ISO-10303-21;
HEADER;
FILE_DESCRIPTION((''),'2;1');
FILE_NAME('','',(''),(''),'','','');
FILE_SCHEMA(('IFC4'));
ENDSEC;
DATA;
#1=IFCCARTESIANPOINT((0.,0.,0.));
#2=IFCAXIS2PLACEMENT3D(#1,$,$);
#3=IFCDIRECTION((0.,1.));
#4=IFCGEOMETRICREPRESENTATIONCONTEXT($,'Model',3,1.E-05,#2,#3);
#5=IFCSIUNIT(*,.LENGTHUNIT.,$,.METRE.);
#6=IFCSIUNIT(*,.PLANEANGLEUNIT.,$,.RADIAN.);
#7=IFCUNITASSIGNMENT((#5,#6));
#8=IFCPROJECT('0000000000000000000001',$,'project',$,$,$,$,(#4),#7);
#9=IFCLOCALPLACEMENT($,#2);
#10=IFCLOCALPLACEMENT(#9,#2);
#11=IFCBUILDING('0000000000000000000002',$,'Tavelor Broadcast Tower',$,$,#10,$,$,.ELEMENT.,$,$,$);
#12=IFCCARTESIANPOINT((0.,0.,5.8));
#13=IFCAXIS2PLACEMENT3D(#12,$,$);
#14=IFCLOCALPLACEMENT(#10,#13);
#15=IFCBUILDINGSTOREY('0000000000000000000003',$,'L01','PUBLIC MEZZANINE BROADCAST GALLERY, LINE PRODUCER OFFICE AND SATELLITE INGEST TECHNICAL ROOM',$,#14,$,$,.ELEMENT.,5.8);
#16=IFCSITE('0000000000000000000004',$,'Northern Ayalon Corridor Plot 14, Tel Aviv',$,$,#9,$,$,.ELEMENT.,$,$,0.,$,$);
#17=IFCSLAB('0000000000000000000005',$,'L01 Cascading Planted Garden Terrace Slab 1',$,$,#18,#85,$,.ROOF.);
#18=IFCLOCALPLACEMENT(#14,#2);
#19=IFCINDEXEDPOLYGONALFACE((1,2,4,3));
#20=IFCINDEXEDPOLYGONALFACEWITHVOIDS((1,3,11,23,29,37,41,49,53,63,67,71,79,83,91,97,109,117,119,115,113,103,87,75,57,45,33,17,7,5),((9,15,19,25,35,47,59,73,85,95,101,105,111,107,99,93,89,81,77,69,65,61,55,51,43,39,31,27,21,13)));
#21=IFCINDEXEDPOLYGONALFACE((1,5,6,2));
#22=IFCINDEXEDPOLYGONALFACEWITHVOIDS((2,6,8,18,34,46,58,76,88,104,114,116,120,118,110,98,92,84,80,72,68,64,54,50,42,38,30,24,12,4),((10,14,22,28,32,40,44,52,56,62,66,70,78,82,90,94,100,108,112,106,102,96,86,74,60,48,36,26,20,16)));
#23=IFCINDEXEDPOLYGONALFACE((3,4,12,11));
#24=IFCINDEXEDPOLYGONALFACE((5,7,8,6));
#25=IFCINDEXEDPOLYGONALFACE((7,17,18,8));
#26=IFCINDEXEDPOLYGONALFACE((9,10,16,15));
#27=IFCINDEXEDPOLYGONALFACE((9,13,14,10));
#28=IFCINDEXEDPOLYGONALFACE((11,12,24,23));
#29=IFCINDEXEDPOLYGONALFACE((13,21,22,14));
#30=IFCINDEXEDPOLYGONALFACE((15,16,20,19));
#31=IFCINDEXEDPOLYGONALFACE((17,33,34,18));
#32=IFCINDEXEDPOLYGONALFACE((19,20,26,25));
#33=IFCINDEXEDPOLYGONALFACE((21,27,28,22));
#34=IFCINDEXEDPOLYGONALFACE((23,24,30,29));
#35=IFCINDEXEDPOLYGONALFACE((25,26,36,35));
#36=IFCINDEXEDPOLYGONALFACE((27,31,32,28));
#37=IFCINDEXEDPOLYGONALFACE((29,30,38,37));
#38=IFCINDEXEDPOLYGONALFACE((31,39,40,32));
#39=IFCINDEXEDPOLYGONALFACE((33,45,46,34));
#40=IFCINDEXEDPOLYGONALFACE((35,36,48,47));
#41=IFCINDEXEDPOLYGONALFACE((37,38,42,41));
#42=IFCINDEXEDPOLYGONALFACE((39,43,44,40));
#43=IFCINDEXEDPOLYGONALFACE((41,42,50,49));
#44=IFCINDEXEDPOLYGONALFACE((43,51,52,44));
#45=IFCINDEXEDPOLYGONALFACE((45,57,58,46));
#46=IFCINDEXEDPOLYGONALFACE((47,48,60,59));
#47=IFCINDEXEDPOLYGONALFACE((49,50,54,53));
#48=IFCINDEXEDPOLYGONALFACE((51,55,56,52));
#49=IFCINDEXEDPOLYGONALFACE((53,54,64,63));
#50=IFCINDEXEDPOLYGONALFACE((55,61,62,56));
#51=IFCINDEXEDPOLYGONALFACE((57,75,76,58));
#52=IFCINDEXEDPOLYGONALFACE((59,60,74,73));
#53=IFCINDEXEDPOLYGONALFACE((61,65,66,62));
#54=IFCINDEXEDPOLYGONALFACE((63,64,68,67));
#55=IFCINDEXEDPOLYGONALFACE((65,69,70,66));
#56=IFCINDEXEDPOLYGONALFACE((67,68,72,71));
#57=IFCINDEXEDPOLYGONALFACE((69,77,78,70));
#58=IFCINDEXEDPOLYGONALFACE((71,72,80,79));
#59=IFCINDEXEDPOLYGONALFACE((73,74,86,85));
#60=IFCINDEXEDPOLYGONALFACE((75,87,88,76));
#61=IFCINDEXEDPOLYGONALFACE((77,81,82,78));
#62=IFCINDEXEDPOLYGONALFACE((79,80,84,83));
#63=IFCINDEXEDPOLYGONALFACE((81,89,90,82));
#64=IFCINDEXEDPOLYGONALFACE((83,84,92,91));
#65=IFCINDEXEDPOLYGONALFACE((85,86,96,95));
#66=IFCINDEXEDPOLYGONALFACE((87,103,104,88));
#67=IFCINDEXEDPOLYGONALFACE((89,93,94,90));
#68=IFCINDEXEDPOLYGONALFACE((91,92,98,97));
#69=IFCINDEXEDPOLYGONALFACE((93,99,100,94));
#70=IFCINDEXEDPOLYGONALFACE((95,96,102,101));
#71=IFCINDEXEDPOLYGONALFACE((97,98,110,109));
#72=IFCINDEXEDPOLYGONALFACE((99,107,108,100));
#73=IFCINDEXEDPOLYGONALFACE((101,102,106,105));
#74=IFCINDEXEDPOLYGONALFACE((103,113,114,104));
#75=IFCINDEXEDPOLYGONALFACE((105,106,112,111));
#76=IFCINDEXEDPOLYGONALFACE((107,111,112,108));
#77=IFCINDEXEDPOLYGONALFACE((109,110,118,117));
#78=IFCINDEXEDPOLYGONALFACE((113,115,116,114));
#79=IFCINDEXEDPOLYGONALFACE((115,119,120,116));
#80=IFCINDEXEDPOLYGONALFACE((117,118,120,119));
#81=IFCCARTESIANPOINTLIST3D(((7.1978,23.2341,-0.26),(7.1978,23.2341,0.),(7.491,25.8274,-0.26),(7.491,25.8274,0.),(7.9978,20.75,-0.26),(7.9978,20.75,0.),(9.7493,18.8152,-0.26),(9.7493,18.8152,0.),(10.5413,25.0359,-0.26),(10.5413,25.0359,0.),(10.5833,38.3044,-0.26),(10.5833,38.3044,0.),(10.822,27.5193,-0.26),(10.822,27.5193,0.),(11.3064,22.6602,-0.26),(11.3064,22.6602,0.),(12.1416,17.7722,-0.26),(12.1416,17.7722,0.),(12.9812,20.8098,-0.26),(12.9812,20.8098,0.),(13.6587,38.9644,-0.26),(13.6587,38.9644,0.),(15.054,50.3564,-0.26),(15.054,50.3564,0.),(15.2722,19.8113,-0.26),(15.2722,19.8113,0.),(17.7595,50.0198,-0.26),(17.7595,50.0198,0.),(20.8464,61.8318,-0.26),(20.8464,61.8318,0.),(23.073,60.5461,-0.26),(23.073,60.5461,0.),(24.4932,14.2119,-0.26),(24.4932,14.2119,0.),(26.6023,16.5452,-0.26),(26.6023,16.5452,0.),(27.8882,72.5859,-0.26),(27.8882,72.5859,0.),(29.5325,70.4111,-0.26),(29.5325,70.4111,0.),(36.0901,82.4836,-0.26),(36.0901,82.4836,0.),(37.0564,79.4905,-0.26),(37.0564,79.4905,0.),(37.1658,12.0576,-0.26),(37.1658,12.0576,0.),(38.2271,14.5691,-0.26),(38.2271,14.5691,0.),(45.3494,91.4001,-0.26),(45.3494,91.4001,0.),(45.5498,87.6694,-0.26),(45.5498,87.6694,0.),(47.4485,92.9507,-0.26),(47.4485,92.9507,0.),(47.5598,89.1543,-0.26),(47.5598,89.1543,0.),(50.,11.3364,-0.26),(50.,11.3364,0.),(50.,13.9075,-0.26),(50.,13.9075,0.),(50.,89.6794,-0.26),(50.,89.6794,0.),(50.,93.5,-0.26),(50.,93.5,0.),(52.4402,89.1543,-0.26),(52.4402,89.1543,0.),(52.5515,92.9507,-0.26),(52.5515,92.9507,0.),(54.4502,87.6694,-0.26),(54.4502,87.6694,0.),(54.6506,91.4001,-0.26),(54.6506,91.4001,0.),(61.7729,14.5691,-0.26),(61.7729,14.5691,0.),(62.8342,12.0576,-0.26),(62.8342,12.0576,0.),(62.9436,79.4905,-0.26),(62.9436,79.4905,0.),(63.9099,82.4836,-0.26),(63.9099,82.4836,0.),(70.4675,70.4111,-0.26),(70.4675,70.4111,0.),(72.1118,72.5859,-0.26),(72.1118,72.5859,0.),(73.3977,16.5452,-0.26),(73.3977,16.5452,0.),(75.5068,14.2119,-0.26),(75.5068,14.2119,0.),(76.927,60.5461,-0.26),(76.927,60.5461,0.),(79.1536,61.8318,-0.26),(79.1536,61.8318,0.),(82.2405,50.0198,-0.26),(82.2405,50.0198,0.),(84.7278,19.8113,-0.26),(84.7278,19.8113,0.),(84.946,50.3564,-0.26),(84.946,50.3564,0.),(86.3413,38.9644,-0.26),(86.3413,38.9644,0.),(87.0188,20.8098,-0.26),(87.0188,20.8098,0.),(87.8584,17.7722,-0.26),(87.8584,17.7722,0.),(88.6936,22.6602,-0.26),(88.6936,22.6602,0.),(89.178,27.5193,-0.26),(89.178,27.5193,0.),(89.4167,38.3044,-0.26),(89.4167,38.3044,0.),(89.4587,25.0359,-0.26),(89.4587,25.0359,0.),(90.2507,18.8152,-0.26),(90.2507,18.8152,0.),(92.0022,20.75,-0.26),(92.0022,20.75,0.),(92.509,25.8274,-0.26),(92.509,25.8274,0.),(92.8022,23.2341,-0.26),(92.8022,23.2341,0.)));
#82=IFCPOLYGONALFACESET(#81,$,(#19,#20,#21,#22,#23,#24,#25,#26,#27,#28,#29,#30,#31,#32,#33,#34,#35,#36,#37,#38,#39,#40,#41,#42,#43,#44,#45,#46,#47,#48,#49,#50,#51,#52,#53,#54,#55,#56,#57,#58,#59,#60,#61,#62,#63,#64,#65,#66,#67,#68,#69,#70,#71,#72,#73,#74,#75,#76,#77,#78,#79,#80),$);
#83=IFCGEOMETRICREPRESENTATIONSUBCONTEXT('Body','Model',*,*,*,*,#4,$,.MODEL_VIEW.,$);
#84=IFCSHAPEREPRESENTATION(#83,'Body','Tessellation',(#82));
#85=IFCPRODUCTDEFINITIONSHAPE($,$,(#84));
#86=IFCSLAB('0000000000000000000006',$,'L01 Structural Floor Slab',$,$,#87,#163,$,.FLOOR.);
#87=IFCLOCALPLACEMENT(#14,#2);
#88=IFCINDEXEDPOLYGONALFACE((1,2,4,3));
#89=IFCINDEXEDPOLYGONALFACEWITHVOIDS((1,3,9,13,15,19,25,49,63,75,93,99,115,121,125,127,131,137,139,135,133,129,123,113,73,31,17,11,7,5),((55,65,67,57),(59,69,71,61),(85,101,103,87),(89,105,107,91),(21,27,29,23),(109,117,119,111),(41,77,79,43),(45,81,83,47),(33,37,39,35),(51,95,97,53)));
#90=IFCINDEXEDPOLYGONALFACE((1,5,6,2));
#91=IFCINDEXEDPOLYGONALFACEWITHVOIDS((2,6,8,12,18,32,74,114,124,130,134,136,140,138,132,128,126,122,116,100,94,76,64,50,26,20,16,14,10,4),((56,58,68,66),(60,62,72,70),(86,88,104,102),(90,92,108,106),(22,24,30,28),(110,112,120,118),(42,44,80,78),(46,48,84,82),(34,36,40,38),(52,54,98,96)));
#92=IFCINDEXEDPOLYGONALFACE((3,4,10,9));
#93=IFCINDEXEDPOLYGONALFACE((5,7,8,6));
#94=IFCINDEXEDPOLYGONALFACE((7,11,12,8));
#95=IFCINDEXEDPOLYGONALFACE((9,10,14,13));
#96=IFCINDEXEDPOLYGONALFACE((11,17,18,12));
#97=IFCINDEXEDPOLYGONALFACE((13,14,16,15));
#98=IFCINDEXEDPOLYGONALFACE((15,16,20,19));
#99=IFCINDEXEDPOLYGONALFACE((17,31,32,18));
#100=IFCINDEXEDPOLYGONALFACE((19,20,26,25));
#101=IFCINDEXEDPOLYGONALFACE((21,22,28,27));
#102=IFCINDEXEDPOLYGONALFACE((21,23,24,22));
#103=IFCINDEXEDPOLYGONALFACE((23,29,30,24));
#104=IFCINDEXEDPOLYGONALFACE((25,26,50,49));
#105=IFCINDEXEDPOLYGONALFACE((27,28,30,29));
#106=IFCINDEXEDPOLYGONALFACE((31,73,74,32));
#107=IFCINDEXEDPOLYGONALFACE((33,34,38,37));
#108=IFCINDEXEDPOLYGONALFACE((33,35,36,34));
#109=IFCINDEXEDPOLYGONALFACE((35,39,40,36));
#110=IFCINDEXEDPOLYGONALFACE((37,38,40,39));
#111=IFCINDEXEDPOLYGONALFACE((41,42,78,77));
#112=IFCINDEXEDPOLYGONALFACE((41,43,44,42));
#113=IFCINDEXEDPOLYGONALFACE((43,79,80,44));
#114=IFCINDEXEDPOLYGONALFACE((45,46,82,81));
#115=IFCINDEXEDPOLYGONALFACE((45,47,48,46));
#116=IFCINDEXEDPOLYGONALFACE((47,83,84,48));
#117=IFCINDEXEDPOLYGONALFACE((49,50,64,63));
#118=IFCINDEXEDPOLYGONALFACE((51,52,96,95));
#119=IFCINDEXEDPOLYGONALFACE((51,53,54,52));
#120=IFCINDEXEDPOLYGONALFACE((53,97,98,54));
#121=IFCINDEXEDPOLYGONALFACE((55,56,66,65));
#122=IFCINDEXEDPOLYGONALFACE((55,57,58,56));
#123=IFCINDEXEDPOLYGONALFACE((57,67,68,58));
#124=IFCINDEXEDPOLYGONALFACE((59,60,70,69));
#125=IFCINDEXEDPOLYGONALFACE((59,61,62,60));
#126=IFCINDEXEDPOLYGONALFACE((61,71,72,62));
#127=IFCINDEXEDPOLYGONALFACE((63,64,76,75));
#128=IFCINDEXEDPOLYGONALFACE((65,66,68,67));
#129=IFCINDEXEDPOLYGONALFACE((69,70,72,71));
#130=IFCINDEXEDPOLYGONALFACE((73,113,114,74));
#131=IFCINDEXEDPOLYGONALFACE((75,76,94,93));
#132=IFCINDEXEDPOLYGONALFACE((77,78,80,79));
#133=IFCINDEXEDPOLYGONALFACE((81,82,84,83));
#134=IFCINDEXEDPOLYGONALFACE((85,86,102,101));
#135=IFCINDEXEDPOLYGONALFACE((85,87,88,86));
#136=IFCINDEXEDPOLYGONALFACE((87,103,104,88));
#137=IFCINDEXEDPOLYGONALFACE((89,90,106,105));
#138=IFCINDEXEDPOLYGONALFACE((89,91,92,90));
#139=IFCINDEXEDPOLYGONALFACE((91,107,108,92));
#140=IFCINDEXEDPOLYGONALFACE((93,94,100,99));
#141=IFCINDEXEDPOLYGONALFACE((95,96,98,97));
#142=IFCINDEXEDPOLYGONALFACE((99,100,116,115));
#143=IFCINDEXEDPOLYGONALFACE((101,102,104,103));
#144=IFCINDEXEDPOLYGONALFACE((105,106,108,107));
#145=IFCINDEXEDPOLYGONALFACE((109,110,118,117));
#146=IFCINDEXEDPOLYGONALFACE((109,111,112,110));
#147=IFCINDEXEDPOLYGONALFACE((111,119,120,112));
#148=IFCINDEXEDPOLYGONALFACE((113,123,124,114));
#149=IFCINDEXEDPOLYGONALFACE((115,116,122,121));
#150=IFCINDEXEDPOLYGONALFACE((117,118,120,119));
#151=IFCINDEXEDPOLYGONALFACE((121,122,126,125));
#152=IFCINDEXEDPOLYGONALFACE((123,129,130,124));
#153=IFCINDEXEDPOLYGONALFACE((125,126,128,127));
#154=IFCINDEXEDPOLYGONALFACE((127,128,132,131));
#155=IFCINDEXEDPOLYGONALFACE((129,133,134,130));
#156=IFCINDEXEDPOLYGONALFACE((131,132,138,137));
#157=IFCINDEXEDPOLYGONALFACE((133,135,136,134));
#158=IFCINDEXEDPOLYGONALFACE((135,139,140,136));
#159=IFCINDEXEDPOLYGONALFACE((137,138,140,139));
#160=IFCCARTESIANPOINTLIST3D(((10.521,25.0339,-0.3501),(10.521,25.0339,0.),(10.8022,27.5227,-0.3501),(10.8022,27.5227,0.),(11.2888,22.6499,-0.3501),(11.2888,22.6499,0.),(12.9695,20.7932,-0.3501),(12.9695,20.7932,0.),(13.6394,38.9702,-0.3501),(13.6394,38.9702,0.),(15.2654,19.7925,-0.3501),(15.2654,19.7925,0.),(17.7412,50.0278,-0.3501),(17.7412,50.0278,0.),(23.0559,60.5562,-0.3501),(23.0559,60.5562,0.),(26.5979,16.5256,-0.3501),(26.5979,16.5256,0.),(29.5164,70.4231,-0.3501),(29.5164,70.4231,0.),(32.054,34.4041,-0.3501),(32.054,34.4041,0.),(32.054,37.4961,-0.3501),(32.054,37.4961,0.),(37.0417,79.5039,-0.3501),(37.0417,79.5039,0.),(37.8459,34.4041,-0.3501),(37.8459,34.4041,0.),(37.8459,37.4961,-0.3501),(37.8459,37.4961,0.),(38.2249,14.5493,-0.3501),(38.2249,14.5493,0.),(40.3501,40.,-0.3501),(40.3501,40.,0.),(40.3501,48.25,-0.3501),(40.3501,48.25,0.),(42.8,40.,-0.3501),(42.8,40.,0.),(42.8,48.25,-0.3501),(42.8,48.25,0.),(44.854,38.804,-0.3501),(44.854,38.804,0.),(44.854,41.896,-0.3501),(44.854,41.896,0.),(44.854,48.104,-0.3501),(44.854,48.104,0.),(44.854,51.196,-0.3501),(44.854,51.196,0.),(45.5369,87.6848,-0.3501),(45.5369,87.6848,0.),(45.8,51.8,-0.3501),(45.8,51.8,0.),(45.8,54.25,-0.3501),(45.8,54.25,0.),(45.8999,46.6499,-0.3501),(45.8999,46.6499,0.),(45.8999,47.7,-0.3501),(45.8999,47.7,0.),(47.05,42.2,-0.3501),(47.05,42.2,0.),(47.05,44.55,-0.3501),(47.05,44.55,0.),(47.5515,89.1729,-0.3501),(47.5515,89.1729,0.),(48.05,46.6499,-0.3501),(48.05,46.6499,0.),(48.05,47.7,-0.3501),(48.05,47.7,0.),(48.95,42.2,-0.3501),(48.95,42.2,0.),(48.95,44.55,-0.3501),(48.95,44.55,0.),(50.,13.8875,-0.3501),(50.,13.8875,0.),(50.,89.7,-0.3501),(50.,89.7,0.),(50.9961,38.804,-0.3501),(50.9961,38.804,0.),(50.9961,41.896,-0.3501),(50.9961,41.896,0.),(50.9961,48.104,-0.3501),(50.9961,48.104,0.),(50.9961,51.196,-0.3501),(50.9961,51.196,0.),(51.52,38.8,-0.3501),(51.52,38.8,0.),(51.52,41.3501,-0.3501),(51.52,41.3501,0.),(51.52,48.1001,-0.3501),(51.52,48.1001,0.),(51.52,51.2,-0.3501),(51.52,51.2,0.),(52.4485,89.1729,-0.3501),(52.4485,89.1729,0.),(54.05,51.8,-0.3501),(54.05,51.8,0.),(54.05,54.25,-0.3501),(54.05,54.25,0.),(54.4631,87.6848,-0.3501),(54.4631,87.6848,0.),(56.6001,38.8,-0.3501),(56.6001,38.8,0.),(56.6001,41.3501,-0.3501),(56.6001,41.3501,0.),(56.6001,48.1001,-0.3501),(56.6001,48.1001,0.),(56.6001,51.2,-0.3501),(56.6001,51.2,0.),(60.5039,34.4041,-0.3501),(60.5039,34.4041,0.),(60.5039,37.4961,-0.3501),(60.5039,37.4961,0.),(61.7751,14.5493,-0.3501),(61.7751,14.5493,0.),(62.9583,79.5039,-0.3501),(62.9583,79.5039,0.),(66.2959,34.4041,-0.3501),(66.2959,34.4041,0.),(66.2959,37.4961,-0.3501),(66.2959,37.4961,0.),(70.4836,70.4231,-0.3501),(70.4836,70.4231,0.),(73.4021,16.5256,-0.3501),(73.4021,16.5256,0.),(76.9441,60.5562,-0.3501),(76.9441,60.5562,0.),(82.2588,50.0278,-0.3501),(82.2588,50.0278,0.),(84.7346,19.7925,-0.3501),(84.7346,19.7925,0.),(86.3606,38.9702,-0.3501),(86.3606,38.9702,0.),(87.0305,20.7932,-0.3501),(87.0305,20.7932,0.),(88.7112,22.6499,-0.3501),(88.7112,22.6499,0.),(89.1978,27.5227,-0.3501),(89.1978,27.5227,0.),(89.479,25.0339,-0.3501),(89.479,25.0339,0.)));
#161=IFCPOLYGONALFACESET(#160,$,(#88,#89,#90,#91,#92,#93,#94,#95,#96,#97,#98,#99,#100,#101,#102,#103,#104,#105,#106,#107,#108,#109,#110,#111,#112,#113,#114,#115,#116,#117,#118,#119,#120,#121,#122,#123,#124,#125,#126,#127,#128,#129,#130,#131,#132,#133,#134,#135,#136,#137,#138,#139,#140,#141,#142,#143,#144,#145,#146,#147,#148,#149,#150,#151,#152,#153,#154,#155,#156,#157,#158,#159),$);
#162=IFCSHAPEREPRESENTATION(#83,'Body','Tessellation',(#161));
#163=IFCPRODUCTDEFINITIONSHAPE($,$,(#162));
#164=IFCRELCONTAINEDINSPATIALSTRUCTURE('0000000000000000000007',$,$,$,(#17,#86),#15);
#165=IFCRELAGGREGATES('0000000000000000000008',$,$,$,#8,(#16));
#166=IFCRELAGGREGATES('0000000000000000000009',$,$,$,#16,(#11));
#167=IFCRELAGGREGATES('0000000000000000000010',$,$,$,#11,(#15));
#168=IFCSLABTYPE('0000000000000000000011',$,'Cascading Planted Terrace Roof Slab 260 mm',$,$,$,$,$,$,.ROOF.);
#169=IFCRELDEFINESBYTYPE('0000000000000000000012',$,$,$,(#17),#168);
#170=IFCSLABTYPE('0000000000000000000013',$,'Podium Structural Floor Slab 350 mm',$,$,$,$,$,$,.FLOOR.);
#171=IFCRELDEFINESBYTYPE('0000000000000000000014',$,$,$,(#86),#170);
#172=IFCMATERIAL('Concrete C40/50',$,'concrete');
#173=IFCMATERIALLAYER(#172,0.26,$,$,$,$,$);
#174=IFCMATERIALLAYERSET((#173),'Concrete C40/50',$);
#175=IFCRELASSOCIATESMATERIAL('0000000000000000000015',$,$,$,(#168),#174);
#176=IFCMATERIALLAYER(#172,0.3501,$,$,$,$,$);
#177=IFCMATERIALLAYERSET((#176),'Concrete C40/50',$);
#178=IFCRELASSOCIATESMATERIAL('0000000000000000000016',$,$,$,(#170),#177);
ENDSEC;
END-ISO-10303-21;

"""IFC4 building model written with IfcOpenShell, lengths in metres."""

from ifc_helpers import new_model, si_unit, direction, frame, origin, place, context, subcontext, project, spatial, polyline, outline, extrude, material, layer, layer_set, type_object, element, save


model = new_model("IFC4")

# Units and contexts
model_context = context("Model", 3, precision=1e-05, world=origin(), true_north=direction((0.0, 1.0)))
body_context = subcontext(model_context, "Body", "Model", "MODEL_VIEW")
ifc_project = project(units=[si_unit("LENGTHUNIT", "METRE"), si_unit("PLANEANGLEUNIT", "RADIAN")], contexts=[model_context])

# Site, building, storey
site_placement = place(None, origin())
site = spatial("IfcSite", under=ifc_project, at=site_placement, Name="Northern Ayalon Corridor Plot 14, Tel Aviv", CompositionType="ELEMENT", RefElevation=0.0)
building_placement = place(site_placement, origin())
building = spatial("IfcBuilding", under=site, at=building_placement, Name="Tavelor Broadcast Tower", CompositionType="ELEMENT")
storey_placement = place(building_placement, frame((0.0, 0.0, 5.8)))
storey = spatial("IfcBuildingStorey", under=building, at=storey_placement, Name="L01", Description="PUBLIC MEZZANINE BROADCAST GALLERY, LINE PRODUCER OFFICE AND SATELLITE INGEST TECHNICAL ROOM", CompositionType="ELEMENT", Elevation=5.8)

# Slabs
ifc_material_1 = material(Name="Concrete C40/50", Category="concrete")
ifc_layer_1 = layer(ifc_material_1, 0.26)
ifc_layer_set_1 = layer_set([ifc_layer_1], Name="Concrete C40/50")
slab_type_1 = type_object("IfcSlabType", Name="Cascading Planted Terrace Roof Slab 260 mm", PredefinedType="ROOF", material=ifc_layer_set_1)
slab_1_placement = place(storey_placement, frame((0.0, 0.0, -0.26)))
element("IfcSlab", 1, at=slab_1_placement, inside=storey, type_object=slab_type_1, Name="L01 Cascading Planted Garden Terrace Slab 1", PredefinedType="ROOF", context=body_context, shape_type="SweptSolid", body=[
    extrude(outline(polyline([(54.6506, 91.4001), (52.5515, 92.9507), (50.0, 93.5), (47.4485, 92.9507), (45.3494, 91.4001), (36.0901, 82.4836), (27.8882, 72.5859), (20.8464, 61.8318), (15.054, 50.3564), (10.5833, 38.3044), (7.491, 25.8274), (7.1978, 23.2341), (7.9978, 20.75), (9.7493, 18.8152), (12.1416, 17.7722), (24.4932, 14.2119), (37.1658, 12.0576), (50.0, 11.3364), (62.8342, 12.0576), (75.5068, 14.2119), (87.8584, 17.7722), (90.2507, 18.8152), (92.0022, 20.75), (92.8022, 23.2341), (92.509, 25.8274), (89.4167, 38.3044), (84.946, 50.3564), (79.1536, 61.8318), (72.1118, 72.5859), (63.9099, 82.4836), (54.6506, 91.4001)]), holes=[polyline([(54.4502, 87.6694), (62.9436, 79.4905), (70.4675, 70.4111), (76.927, 60.5461), (82.2405, 50.0198), (86.3413, 38.9644), (89.178, 27.5193), (89.4587, 25.0359), (88.6936, 22.6602), (87.0188, 20.8098), (84.7278, 19.8113), (73.3977, 16.5452), (61.7729, 14.5691), (50.0, 13.9075), (38.2271, 14.5691), (26.6023, 16.5452), (15.2722, 19.8113), (12.9812, 20.8098), (11.3064, 22.6602), (10.5413, 25.0359), (10.822, 27.5193), (13.6587, 38.9644), (17.7595, 50.0198), (23.073, 60.5461), (29.5325, 70.4111), (37.0564, 79.4905), (45.5498, 87.6694), (47.5598, 89.1543), (50.0, 89.6794), (52.4402, 89.1543), (54.4502, 87.6694)])]), origin(), (0.0, 0.0, 1.0), 0.26),
])
ifc_layer_2 = layer(ifc_material_1, 0.3501)
ifc_layer_set_2 = layer_set([ifc_layer_2], Name="Concrete C40/50")
slab_type_2 = type_object("IfcSlabType", Name="Podium Structural Floor Slab 350 mm", PredefinedType="FLOOR", material=ifc_layer_set_2)
slab_2_placement = place(storey_placement, frame((0.0, 0.0, -0.3501)))
element("IfcSlab", 2, at=slab_2_placement, inside=storey, type_object=slab_type_2, Name="L01 Structural Floor Slab", PredefinedType="FLOOR", context=body_context, shape_type="SweptSolid", body=[
    extrude(outline(polyline([(54.4631, 87.6848), (52.4485, 89.1729), (50.0, 89.7), (47.5515, 89.1729), (45.5369, 87.6848), (37.0417, 79.5039), (29.5164, 70.4231), (23.0559, 60.5562), (17.7412, 50.0278), (13.6394, 38.9702), (10.8022, 27.5227), (10.521, 25.0339), (11.2888, 22.6499), (12.9695, 20.7932), (15.2654, 19.7925), (26.5979, 16.5256), (38.2249, 14.5493), (50.0, 13.8875), (61.7751, 14.5493), (73.4021, 16.5256), (84.7346, 19.7925), (87.0305, 20.7932), (88.7112, 22.6499), (89.479, 25.0339), (89.1978, 27.5227), (86.3606, 38.9702), (82.2588, 50.0278), (76.9441, 60.5562), (70.4836, 70.4231), (62.9583, 79.5039), (54.4631, 87.6848)]), holes=[polyline([(37.8459, 34.4041), (32.054, 34.4041), (32.054, 37.4961), (37.8459, 37.4961), (37.8459, 34.4041)]), polyline([(66.2959, 34.4041), (60.5039, 34.4041), (60.5039, 37.4961), (66.2959, 37.4961), (66.2959, 34.4041)]), polyline([(56.6001, 38.8), (51.52, 38.8), (51.52, 41.3501), (56.6001, 41.3501), (56.6001, 38.8)]), polyline([(44.854, 38.804), (44.854, 41.896), (50.9961, 41.896), (50.9961, 38.804), (44.854, 38.804)]), polyline([(47.05, 44.55), (48.95, 44.55), (48.95, 42.2), (47.05, 42.2), (47.05, 44.55)]), polyline([(40.3501, 40.0), (40.3501, 48.25), (42.8, 48.25), (42.8, 40.0), (40.3501, 40.0)]), polyline([(48.05, 46.6499), (45.8999, 46.6499), (45.8999, 47.7), (48.05, 47.7), (48.05, 46.6499)]), polyline([(50.9961, 48.104), (44.854, 48.104), (44.854, 51.196), (50.9961, 51.196), (50.9961, 48.104)]), polyline([(51.52, 48.1001), (51.52, 51.2), (56.6001, 51.2), (56.6001, 48.1001), (51.52, 48.1001)]), polyline([(45.8, 51.8), (45.8, 54.25), (54.05, 54.25), (54.05, 51.8), (45.8, 51.8)])]), origin(), (0.0, 0.0, 1.0), 0.3501),
])

save(model, "model.ifc")
